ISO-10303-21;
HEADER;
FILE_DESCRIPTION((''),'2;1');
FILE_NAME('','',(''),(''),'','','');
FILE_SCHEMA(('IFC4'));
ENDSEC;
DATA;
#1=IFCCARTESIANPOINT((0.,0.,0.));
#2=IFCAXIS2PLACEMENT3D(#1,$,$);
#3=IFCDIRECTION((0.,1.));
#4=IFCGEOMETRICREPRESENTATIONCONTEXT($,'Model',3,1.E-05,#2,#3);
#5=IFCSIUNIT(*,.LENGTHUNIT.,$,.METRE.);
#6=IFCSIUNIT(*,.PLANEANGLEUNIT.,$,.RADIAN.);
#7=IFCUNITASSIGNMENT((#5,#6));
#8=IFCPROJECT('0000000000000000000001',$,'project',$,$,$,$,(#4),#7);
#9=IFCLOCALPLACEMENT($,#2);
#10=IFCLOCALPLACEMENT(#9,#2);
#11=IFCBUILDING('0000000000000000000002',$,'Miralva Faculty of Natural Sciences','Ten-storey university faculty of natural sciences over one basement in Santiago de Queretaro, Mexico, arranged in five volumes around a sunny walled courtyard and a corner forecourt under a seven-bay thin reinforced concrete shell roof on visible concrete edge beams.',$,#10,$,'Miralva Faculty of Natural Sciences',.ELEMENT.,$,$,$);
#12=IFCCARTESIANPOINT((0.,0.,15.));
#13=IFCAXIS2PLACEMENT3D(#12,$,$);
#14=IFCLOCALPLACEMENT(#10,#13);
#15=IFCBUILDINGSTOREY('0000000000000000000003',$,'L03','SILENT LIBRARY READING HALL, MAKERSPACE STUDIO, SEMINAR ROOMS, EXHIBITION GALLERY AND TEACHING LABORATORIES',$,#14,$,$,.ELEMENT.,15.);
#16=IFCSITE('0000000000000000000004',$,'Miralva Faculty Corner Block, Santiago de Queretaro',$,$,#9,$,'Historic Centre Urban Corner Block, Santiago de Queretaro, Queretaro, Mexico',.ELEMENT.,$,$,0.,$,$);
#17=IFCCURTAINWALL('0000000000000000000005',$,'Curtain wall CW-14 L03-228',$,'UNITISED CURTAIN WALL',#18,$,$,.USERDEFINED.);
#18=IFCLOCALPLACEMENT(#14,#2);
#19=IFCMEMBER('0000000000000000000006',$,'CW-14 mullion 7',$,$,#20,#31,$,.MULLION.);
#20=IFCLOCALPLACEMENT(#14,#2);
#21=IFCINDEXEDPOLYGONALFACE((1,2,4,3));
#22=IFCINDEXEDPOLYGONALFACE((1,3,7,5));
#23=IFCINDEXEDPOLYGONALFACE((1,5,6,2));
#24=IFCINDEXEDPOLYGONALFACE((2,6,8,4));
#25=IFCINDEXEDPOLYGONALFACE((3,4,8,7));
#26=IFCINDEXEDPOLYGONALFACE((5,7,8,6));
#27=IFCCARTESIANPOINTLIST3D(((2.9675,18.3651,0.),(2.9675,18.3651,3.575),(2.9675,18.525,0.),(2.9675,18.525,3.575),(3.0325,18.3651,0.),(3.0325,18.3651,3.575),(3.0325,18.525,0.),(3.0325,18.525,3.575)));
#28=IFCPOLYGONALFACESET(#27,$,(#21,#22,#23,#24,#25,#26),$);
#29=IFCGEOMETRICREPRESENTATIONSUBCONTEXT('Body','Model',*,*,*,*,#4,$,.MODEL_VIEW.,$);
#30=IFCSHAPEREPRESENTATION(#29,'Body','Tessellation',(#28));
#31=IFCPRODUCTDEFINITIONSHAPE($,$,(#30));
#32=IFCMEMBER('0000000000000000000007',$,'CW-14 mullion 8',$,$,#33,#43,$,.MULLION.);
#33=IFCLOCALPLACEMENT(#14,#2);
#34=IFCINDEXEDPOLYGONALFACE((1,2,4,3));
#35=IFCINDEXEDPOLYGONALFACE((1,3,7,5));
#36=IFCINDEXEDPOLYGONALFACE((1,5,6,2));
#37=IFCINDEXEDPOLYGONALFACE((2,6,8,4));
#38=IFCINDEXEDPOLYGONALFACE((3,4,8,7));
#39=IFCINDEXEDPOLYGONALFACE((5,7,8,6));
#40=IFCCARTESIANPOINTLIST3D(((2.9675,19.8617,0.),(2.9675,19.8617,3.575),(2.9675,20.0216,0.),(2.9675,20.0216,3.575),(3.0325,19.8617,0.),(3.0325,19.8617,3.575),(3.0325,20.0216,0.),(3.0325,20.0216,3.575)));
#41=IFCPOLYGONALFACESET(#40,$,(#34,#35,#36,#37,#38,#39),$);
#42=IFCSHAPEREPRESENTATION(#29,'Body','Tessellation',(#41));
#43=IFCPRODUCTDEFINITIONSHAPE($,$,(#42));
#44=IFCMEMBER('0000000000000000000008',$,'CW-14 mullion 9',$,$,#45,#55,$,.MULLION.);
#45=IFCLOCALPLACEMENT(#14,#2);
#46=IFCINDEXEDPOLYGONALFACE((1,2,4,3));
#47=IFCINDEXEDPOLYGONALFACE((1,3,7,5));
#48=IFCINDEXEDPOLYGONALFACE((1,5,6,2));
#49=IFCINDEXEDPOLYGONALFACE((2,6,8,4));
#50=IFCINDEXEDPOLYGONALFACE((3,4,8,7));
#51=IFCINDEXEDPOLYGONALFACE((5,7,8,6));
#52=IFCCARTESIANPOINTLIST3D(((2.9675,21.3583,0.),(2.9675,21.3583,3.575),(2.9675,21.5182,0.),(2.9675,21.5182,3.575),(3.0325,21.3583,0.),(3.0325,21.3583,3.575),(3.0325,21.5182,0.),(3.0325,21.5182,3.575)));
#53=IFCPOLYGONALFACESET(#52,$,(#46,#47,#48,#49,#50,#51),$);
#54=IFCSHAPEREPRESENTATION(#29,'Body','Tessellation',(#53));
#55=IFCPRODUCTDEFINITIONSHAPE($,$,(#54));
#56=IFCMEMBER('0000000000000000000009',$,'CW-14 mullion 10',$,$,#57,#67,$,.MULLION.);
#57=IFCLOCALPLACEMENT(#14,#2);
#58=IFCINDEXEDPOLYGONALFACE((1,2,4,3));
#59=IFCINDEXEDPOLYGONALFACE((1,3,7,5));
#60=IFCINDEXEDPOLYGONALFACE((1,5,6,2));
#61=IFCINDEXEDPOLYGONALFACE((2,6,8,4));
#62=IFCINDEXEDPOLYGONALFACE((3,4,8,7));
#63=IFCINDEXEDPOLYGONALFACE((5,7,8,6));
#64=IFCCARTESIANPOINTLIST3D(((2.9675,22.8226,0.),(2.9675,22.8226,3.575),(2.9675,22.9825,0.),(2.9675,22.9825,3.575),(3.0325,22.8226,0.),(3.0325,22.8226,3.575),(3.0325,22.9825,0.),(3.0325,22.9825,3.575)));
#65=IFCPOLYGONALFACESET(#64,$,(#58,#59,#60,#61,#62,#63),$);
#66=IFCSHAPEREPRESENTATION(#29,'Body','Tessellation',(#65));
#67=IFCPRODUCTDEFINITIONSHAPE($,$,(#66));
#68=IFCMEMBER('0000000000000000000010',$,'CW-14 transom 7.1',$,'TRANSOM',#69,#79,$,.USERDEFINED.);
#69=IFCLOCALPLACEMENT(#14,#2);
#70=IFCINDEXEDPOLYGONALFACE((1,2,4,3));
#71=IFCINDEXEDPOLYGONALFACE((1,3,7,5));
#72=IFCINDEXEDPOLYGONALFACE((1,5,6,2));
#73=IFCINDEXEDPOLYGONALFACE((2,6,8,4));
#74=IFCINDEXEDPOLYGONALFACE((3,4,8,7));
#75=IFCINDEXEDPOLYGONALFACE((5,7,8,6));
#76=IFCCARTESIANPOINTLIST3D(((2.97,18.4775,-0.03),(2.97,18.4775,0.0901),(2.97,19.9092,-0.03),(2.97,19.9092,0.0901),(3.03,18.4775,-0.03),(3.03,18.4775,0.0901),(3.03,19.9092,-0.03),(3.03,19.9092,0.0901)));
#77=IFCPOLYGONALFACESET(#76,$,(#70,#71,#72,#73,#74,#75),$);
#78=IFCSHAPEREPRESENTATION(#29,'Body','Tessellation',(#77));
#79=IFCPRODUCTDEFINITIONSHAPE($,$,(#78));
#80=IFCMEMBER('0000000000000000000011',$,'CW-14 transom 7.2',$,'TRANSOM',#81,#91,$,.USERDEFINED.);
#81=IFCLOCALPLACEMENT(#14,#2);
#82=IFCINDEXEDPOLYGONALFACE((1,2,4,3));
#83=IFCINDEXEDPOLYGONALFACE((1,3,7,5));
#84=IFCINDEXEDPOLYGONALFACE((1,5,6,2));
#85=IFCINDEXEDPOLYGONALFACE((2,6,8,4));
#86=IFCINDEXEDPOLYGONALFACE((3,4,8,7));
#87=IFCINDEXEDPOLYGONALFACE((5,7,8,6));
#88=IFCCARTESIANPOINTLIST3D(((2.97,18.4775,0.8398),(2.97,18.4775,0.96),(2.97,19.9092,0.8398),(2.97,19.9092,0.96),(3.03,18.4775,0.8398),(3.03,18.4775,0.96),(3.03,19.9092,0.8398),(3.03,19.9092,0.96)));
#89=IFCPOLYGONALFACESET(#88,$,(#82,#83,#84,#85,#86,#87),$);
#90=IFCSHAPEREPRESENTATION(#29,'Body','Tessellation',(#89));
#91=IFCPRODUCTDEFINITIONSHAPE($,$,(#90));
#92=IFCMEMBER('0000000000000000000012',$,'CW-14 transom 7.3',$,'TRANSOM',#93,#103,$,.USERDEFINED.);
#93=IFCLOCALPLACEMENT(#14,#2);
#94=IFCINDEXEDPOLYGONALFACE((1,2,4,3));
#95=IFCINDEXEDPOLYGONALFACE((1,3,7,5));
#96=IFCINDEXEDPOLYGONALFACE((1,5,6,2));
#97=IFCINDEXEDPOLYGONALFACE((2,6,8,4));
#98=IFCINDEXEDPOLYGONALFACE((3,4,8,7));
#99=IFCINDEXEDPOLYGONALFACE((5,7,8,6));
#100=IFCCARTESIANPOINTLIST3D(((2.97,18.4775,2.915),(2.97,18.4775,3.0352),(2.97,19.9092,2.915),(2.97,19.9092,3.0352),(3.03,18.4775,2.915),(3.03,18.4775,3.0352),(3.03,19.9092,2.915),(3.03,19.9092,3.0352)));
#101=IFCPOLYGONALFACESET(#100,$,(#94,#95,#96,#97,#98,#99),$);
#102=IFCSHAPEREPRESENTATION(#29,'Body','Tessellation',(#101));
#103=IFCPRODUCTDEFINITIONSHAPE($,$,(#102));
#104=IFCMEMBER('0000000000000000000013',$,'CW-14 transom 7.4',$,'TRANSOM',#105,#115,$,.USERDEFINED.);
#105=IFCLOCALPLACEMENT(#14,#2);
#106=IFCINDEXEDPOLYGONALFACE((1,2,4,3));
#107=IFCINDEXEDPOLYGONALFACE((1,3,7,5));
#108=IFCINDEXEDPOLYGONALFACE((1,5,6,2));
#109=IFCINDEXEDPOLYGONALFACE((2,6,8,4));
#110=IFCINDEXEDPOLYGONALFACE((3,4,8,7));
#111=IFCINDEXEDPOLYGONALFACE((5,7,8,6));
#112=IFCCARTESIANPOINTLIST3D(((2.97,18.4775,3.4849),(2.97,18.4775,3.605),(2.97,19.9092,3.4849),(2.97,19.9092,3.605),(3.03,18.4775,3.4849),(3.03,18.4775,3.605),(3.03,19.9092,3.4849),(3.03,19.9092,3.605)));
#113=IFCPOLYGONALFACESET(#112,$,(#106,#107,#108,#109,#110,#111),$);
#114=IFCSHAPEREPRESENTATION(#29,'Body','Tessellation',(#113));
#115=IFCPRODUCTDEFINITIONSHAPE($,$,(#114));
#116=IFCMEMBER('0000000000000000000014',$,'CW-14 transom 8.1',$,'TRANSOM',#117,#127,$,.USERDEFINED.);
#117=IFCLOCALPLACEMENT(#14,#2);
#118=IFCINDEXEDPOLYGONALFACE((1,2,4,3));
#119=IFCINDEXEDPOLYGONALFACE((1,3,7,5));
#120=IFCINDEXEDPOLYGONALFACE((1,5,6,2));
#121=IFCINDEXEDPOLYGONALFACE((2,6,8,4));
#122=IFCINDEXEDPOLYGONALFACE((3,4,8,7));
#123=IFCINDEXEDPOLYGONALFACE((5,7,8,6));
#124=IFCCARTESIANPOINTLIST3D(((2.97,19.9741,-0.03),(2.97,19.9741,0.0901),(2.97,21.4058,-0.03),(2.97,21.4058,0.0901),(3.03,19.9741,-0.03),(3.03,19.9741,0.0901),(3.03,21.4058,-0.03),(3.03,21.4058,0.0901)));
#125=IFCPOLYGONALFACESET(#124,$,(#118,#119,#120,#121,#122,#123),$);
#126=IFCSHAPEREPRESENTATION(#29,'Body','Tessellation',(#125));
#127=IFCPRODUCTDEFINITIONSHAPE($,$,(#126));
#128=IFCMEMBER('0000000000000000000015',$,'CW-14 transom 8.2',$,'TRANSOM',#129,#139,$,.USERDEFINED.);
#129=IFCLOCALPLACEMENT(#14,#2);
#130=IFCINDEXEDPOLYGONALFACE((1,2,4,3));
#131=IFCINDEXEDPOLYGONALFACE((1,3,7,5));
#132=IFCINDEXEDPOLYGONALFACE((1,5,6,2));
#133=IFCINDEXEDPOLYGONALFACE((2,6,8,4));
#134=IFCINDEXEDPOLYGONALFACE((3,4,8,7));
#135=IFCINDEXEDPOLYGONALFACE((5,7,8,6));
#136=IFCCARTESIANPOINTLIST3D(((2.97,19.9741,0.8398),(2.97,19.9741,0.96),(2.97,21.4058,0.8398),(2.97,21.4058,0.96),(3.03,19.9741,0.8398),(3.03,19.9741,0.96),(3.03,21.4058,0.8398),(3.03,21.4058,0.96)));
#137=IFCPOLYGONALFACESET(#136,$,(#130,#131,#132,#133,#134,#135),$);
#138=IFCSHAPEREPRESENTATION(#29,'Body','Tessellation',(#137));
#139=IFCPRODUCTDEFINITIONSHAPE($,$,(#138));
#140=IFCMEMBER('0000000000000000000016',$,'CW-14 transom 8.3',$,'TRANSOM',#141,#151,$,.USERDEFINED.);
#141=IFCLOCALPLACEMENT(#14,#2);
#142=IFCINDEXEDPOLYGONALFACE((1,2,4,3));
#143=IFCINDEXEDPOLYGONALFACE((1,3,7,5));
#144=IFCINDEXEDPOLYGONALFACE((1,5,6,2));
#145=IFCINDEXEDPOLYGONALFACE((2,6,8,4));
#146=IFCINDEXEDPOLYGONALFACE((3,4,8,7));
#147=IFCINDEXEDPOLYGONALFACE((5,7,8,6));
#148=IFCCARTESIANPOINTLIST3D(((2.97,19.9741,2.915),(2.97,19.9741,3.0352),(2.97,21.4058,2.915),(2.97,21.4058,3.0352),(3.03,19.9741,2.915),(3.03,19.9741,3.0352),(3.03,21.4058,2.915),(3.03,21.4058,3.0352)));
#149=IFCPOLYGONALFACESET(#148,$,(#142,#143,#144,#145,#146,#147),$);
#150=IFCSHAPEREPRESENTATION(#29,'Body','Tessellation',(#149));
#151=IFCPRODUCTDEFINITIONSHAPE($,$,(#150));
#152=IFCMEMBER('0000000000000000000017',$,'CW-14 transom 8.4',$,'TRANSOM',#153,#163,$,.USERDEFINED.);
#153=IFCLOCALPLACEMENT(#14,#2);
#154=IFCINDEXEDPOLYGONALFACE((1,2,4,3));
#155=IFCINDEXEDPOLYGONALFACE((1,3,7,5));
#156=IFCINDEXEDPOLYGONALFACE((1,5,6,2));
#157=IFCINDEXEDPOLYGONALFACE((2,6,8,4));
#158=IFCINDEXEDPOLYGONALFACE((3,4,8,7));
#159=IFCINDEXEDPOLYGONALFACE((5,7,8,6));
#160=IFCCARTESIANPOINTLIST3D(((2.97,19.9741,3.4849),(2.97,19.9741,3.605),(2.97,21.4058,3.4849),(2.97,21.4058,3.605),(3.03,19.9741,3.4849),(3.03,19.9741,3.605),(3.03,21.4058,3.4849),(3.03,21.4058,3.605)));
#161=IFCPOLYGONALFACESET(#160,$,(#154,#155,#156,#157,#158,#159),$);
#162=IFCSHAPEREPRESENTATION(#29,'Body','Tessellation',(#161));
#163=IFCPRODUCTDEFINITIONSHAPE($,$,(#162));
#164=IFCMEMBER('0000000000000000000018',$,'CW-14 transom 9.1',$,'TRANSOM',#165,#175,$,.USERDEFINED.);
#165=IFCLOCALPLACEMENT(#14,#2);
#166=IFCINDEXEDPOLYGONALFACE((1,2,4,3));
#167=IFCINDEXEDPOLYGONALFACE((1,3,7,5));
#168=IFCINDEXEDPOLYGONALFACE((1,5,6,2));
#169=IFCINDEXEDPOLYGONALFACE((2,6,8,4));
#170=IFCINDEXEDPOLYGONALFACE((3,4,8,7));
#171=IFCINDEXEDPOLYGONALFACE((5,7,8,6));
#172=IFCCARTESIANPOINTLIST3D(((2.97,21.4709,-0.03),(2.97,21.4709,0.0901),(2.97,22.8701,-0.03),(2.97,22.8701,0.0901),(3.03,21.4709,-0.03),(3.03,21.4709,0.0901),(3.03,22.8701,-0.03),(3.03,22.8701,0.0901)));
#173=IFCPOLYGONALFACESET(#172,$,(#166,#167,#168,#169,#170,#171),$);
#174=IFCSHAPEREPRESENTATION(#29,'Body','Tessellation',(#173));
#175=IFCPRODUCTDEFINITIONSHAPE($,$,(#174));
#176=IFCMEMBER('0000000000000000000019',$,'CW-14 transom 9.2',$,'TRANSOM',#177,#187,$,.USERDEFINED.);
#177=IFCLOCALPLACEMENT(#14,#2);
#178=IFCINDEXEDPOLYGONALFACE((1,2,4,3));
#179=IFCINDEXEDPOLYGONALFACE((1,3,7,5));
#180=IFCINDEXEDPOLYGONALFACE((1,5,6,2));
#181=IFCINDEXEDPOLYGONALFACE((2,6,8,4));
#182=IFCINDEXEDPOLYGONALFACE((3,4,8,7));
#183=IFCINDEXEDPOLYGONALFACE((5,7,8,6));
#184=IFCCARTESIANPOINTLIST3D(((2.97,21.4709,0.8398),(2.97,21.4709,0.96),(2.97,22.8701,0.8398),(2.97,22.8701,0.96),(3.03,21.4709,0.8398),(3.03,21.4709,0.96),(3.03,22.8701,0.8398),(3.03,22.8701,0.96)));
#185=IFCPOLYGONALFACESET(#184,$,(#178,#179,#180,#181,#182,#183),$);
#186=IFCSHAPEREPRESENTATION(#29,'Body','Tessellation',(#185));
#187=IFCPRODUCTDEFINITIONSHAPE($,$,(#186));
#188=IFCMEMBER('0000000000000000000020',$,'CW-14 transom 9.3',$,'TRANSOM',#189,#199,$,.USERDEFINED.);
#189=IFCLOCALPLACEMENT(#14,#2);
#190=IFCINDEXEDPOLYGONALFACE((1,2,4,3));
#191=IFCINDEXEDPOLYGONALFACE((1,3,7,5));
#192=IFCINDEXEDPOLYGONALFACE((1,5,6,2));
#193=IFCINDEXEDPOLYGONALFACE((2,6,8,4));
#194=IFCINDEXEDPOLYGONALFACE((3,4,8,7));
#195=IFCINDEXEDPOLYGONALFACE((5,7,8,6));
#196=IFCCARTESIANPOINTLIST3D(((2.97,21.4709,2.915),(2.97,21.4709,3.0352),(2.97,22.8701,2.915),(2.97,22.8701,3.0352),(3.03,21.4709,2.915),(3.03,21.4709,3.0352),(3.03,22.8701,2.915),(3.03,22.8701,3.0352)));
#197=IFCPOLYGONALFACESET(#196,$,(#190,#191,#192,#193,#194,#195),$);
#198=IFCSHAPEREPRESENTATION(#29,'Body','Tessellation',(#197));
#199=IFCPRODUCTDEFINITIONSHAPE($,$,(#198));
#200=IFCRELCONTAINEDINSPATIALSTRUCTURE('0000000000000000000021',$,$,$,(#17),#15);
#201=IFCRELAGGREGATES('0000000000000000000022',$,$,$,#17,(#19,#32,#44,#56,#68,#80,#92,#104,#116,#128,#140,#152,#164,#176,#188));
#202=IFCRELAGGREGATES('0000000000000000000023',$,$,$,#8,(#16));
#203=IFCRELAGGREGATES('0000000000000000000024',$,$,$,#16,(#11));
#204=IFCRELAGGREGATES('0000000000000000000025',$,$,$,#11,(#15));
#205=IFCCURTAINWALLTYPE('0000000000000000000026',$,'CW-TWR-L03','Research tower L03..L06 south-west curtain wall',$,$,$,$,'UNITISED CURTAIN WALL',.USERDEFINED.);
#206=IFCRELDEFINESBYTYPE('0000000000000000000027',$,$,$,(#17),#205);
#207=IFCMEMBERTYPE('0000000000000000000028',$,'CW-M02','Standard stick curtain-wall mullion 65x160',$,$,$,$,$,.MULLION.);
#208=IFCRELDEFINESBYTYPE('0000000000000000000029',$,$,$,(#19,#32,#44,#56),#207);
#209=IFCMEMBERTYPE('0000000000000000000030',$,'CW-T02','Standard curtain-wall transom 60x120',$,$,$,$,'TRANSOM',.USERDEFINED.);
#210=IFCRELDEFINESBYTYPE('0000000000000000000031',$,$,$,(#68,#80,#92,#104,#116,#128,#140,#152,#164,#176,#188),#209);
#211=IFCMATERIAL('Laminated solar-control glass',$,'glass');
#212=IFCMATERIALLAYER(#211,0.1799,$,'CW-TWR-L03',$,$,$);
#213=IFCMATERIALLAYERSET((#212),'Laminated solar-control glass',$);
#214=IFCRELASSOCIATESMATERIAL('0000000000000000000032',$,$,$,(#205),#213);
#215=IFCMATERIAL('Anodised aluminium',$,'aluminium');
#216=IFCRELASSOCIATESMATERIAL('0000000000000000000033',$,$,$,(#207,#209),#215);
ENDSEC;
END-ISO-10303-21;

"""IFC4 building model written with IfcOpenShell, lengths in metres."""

from ifc_helpers import new_model, si_unit, direction, frame, origin, origin_2d, place, context, subcontext, project, spatial, rectangle, extrude, material, layer, layer_set, material_profile, profile_set, type_object, element, aggregate, save


model = new_model("IFC4")

# Units and contexts
model_context = context("Model", 3, precision=1e-05, world=origin(), true_north=direction((0.0, 1.0)))
body_context = subcontext(model_context, "Body", "Model", "MODEL_VIEW")
ifc_project = project(units=[si_unit("LENGTHUNIT", "METRE"), si_unit("PLANEANGLEUNIT", "RADIAN")], contexts=[model_context])

# Site, building, storey
site_placement = place(None, origin())
site = spatial("IfcSite", under=ifc_project, at=site_placement, Name="Miralva Faculty Corner Block, Santiago de Queretaro", LongName="Historic Centre Urban Corner Block, Santiago de Queretaro, Queretaro, Mexico", CompositionType="ELEMENT", RefElevation=0.0)
building_placement = place(site_placement, origin())
building = spatial("IfcBuilding", under=site, at=building_placement, Name="Miralva Faculty of Natural Sciences", Description="Ten-storey university faculty of natural sciences over one basement in Santiago de Queretaro, Mexico, arranged in five volumes around a sunny walled courtyard and a corner forecourt under a seven-bay thin reinforced concrete shell roof on visible concrete edge beams.", LongName="Miralva Faculty of Natural Sciences", CompositionType="ELEMENT")
storey_placement = place(building_placement, frame((0.0, 0.0, 15.0)))
storey = spatial("IfcBuildingStorey", under=building, at=storey_placement, Name="L03", Description="SILENT LIBRARY READING HALL, MAKERSPACE STUDIO, SEMINAR ROOMS, EXHIBITION GALLERY AND TEACHING LABORATORIES", CompositionType="ELEMENT", Elevation=15.0)

# Curtain wall, members
ifc_material_1 = material(Name="Laminated solar-control glass", Category="glass")
ifc_layer_1 = layer(ifc_material_1, 0.1799, Name="CW-TWR-L03")
ifc_layer_set_1 = layer_set([ifc_layer_1], Name="Laminated solar-control glass")
curtain_wall_type = type_object("IfcCurtainWallType", Name="CW-TWR-L03", Description="Research tower L03..L06 south-west curtain wall", ElementType="UNITISED CURTAIN WALL", PredefinedType="USERDEFINED", material=ifc_layer_set_1)
curtain_wall_placement = place(storey_placement, origin())
curtain_wall = element("IfcCurtainWall", 1, at=curtain_wall_placement, inside=storey, type_object=curtain_wall_type, Name="Curtain wall CW-14 L03-228", ObjectType="UNITISED CURTAIN WALL", PredefinedType="USERDEFINED")
ifc_material_2 = material(Name="Anodised aluminium", Category="aluminium")
ifc_material_profile_1 = material_profile(ifc_material_2, rectangle(XDim=0.0649, YDim=0.1599, at=origin_2d()), Name="MULLION 65x160")
ifc_profile_set_1 = profile_set([ifc_material_profile_1], Name="Anodised aluminium")
member_type_1 = type_object("IfcMemberType", Name="CW-M02", Description="Standard stick curtain-wall mullion 65x160", PredefinedType="MULLION", material=ifc_profile_set_1)
member_1_placement = place(storey_placement, frame((3.0, 18.4451, 0.0), z_axis=(0.0, 0.0, 1.0), x_axis=(-1.0, 0.0, 0.0)))
member_1 = element("IfcMember", 2, at=member_1_placement, type_object=member_type_1, Name="CW-14 mullion 7", PredefinedType="MULLION", context=body_context, shape_type="SweptSolid", body=[
    extrude(rectangle(XDim=0.0649, YDim=0.1599, at=origin_2d()), origin(), (0.0, 0.0, 1.0), 3.575),
])
member_2_placement = place(storey_placement, frame((3.0, 19.9417, 0.0), z_axis=(0.0, 0.0, 1.0), x_axis=(-1.0, 0.0, 0.0)))
member_2 = element("IfcMember", 3, at=member_2_placement, type_object=member_type_1, Name="CW-14 mullion 8", PredefinedType="MULLION", context=body_context, shape_type="SweptSolid", body=[
    extrude(rectangle(XDim=0.0649, YDim=0.1599, at=origin_2d()), origin(), (0.0, 0.0, 1.0), 3.575),
])
member_3_placement = place(storey_placement, frame((3.0, 21.4382, 0.0), z_axis=(0.0, 0.0, 1.0), x_axis=(-1.0, 0.0, 0.0)))
member_3 = element("IfcMember", 4, at=member_3_placement, type_object=member_type_1, Name="CW-14 mullion 9", PredefinedType="MULLION", context=body_context, shape_type="SweptSolid", body=[
    extrude(rectangle(XDim=0.0649, YDim=0.1599, at=origin_2d()), origin(), (0.0, 0.0, 1.0), 3.575),
])
member_4_placement = place(storey_placement, frame((3.0, 22.9026, 0.0), z_axis=(0.0, 0.0, 1.0), x_axis=(-1.0, 0.0, 0.0)))
member_4 = element("IfcMember", 5, at=member_4_placement, type_object=member_type_1, Name="CW-14 mullion 10", PredefinedType="MULLION", context=body_context, shape_type="SweptSolid", body=[
    extrude(rectangle(XDim=0.0649, YDim=0.1599, at=origin_2d()), origin(), (0.0, 0.0, 1.0), 3.575),
])
ifc_material_profile_2 = material_profile(ifc_material_2, rectangle(XDim=0.0601, YDim=0.1201, at=origin_2d()), Name="TRANSOM 60x120")
ifc_profile_set_2 = profile_set([ifc_material_profile_2], Name="Anodised aluminium")
member_type_2 = type_object("IfcMemberType", Name="CW-T02", Description="Standard curtain-wall transom 60x120", ElementType="TRANSOM", PredefinedType="USERDEFINED", material=ifc_profile_set_2)
member_5_placement = place(storey_placement, frame((3.0, 18.4775, 0.03), z_axis=(0.0, 1.0, 0.0), x_axis=(-1.0, 0.0, 0.0)))
member_5 = element("IfcMember", 6, at=member_5_placement, type_object=member_type_2, Name="CW-14 transom 7.1", ObjectType="TRANSOM", PredefinedType="USERDEFINED", context=body_context, shape_type="SweptSolid", body=[
    extrude(rectangle(XDim=0.0601, YDim=0.1201, at=origin_2d()), origin(), (0.0, 0.0, 1.0), 1.4316),
])
member_6_placement = place(storey_placement, frame((3.0, 18.4775, 0.8999), z_axis=(0.0, 1.0, 0.0), x_axis=(-1.0, 0.0, 0.0)))
member_6 = element("IfcMember", 7, at=member_6_placement, type_object=member_type_2, Name="CW-14 transom 7.2", ObjectType="TRANSOM", PredefinedType="USERDEFINED", context=body_context, shape_type="SweptSolid", body=[
    extrude(rectangle(XDim=0.0601, YDim=0.1201, at=origin_2d()), origin(), (0.0, 0.0, 1.0), 1.4316),
])
member_7_placement = place(storey_placement, frame((3.0, 18.4775, 2.9751), z_axis=(0.0, 1.0, 0.0), x_axis=(-1.0, 0.0, 0.0)))
member_7 = element("IfcMember", 8, at=member_7_placement, type_object=member_type_2, Name="CW-14 transom 7.3", ObjectType="TRANSOM", PredefinedType="USERDEFINED", context=body_context, shape_type="SweptSolid", body=[
    extrude(rectangle(XDim=0.0601, YDim=0.1201, at=origin_2d()), origin(), (0.0, 0.0, 1.0), 1.4316),
])
member_8_placement = place(storey_placement, frame((3.0, 18.4775, 3.5449), z_axis=(0.0, 1.0, 0.0), x_axis=(-1.0, 0.0, 0.0)))
member_8 = element("IfcMember", 9, at=member_8_placement, type_object=member_type_2, Name="CW-14 transom 7.4", ObjectType="TRANSOM", PredefinedType="USERDEFINED", context=body_context, shape_type="SweptSolid", body=[
    extrude(rectangle(XDim=0.0601, YDim=0.1201, at=origin_2d()), origin(), (0.0, 0.0, 1.0), 1.4316),
])
member_9_placement = place(storey_placement, frame((3.0, 19.9741, 0.03), z_axis=(0.0, 1.0, 0.0), x_axis=(-1.0, 0.0, 0.0)))
member_9 = element("IfcMember", 10, at=member_9_placement, type_object=member_type_2, Name="CW-14 transom 8.1", ObjectType="TRANSOM", PredefinedType="USERDEFINED", context=body_context, shape_type="SweptSolid", body=[
    extrude(rectangle(XDim=0.0601, YDim=0.1201, at=origin_2d()), origin(), (0.0, 0.0, 1.0), 1.4316),
])
member_10_placement = place(storey_placement, frame((3.0, 19.9741, 0.8999), z_axis=(0.0, 1.0, 0.0), x_axis=(-1.0, 0.0, 0.0)))
member_10 = element("IfcMember", 11, at=member_10_placement, type_object=member_type_2, Name="CW-14 transom 8.2", ObjectType="TRANSOM", PredefinedType="USERDEFINED", context=body_context, shape_type="SweptSolid", body=[
    extrude(rectangle(XDim=0.0601, YDim=0.1201, at=origin_2d()), origin(), (0.0, 0.0, 1.0), 1.4316),
])
member_11_placement = place(storey_placement, frame((3.0, 19.9741, 2.9751), z_axis=(0.0, 1.0, 0.0), x_axis=(-1.0, 0.0, 0.0)))
member_11 = element("IfcMember", 12, at=member_11_placement, type_object=member_type_2, Name="CW-14 transom 8.3", ObjectType="TRANSOM", PredefinedType="USERDEFINED", context=body_context, shape_type="SweptSolid", body=[
    extrude(rectangle(XDim=0.0601, YDim=0.1201, at=origin_2d()), origin(), (0.0, 0.0, 1.0), 1.4316),
])
member_12_placement = place(storey_placement, frame((3.0, 19.9741, 3.5449), z_axis=(0.0, 1.0, 0.0), x_axis=(-1.0, 0.0, 0.0)))
member_12 = element("IfcMember", 13, at=member_12_placement, type_object=member_type_2, Name="CW-14 transom 8.4", ObjectType="TRANSOM", PredefinedType="USERDEFINED", context=body_context, shape_type="SweptSolid", body=[
    extrude(rectangle(XDim=0.0601, YDim=0.1201, at=origin_2d()), origin(), (0.0, 0.0, 1.0), 1.4316),
])
member_13_placement = place(storey_placement, frame((3.0, 21.4709, 0.03), z_axis=(0.0, 1.0, 0.0), x_axis=(-1.0, 0.0, 0.0)))
member_13 = element("IfcMember", 14, at=member_13_placement, type_object=member_type_2, Name="CW-14 transom 9.1", ObjectType="TRANSOM", PredefinedType="USERDEFINED", context=body_context, shape_type="SweptSolid", body=[
    extrude(rectangle(XDim=0.0601, YDim=0.1201, at=origin_2d()), origin(), (0.0, 0.0, 1.0), 1.3992),
])
member_14_placement = place(storey_placement, frame((3.0, 21.4709, 0.8999), z_axis=(0.0, 1.0, 0.0), x_axis=(-1.0, 0.0, 0.0)))
member_14 = element("IfcMember", 15, at=member_14_placement, type_object=member_type_2, Name="CW-14 transom 9.2", ObjectType="TRANSOM", PredefinedType="USERDEFINED", context=body_context, shape_type="SweptSolid", body=[
    extrude(rectangle(XDim=0.0601, YDim=0.1201, at=origin_2d()), origin(), (0.0, 0.0, 1.0), 1.3992),
])
member_15_placement = place(storey_placement, frame((3.0, 21.4709, 2.9751), z_axis=(0.0, 1.0, 0.0), x_axis=(-1.0, 0.0, 0.0)))
member_15 = element("IfcMember", 16, at=member_15_placement, type_object=member_type_2, Name="CW-14 transom 9.3", ObjectType="TRANSOM", PredefinedType="USERDEFINED", context=body_context, shape_type="SweptSolid", body=[
    extrude(rectangle(XDim=0.0601, YDim=0.1201, at=origin_2d()), origin(), (0.0, 0.0, 1.0), 1.3992),
])

aggregate(curtain_wall, [member_1, member_2, member_3, member_4, member_5, member_6, member_7, member_8, member_9, member_10, member_11, member_12, member_13, member_14, member_15])

save(model, "model.ifc")
